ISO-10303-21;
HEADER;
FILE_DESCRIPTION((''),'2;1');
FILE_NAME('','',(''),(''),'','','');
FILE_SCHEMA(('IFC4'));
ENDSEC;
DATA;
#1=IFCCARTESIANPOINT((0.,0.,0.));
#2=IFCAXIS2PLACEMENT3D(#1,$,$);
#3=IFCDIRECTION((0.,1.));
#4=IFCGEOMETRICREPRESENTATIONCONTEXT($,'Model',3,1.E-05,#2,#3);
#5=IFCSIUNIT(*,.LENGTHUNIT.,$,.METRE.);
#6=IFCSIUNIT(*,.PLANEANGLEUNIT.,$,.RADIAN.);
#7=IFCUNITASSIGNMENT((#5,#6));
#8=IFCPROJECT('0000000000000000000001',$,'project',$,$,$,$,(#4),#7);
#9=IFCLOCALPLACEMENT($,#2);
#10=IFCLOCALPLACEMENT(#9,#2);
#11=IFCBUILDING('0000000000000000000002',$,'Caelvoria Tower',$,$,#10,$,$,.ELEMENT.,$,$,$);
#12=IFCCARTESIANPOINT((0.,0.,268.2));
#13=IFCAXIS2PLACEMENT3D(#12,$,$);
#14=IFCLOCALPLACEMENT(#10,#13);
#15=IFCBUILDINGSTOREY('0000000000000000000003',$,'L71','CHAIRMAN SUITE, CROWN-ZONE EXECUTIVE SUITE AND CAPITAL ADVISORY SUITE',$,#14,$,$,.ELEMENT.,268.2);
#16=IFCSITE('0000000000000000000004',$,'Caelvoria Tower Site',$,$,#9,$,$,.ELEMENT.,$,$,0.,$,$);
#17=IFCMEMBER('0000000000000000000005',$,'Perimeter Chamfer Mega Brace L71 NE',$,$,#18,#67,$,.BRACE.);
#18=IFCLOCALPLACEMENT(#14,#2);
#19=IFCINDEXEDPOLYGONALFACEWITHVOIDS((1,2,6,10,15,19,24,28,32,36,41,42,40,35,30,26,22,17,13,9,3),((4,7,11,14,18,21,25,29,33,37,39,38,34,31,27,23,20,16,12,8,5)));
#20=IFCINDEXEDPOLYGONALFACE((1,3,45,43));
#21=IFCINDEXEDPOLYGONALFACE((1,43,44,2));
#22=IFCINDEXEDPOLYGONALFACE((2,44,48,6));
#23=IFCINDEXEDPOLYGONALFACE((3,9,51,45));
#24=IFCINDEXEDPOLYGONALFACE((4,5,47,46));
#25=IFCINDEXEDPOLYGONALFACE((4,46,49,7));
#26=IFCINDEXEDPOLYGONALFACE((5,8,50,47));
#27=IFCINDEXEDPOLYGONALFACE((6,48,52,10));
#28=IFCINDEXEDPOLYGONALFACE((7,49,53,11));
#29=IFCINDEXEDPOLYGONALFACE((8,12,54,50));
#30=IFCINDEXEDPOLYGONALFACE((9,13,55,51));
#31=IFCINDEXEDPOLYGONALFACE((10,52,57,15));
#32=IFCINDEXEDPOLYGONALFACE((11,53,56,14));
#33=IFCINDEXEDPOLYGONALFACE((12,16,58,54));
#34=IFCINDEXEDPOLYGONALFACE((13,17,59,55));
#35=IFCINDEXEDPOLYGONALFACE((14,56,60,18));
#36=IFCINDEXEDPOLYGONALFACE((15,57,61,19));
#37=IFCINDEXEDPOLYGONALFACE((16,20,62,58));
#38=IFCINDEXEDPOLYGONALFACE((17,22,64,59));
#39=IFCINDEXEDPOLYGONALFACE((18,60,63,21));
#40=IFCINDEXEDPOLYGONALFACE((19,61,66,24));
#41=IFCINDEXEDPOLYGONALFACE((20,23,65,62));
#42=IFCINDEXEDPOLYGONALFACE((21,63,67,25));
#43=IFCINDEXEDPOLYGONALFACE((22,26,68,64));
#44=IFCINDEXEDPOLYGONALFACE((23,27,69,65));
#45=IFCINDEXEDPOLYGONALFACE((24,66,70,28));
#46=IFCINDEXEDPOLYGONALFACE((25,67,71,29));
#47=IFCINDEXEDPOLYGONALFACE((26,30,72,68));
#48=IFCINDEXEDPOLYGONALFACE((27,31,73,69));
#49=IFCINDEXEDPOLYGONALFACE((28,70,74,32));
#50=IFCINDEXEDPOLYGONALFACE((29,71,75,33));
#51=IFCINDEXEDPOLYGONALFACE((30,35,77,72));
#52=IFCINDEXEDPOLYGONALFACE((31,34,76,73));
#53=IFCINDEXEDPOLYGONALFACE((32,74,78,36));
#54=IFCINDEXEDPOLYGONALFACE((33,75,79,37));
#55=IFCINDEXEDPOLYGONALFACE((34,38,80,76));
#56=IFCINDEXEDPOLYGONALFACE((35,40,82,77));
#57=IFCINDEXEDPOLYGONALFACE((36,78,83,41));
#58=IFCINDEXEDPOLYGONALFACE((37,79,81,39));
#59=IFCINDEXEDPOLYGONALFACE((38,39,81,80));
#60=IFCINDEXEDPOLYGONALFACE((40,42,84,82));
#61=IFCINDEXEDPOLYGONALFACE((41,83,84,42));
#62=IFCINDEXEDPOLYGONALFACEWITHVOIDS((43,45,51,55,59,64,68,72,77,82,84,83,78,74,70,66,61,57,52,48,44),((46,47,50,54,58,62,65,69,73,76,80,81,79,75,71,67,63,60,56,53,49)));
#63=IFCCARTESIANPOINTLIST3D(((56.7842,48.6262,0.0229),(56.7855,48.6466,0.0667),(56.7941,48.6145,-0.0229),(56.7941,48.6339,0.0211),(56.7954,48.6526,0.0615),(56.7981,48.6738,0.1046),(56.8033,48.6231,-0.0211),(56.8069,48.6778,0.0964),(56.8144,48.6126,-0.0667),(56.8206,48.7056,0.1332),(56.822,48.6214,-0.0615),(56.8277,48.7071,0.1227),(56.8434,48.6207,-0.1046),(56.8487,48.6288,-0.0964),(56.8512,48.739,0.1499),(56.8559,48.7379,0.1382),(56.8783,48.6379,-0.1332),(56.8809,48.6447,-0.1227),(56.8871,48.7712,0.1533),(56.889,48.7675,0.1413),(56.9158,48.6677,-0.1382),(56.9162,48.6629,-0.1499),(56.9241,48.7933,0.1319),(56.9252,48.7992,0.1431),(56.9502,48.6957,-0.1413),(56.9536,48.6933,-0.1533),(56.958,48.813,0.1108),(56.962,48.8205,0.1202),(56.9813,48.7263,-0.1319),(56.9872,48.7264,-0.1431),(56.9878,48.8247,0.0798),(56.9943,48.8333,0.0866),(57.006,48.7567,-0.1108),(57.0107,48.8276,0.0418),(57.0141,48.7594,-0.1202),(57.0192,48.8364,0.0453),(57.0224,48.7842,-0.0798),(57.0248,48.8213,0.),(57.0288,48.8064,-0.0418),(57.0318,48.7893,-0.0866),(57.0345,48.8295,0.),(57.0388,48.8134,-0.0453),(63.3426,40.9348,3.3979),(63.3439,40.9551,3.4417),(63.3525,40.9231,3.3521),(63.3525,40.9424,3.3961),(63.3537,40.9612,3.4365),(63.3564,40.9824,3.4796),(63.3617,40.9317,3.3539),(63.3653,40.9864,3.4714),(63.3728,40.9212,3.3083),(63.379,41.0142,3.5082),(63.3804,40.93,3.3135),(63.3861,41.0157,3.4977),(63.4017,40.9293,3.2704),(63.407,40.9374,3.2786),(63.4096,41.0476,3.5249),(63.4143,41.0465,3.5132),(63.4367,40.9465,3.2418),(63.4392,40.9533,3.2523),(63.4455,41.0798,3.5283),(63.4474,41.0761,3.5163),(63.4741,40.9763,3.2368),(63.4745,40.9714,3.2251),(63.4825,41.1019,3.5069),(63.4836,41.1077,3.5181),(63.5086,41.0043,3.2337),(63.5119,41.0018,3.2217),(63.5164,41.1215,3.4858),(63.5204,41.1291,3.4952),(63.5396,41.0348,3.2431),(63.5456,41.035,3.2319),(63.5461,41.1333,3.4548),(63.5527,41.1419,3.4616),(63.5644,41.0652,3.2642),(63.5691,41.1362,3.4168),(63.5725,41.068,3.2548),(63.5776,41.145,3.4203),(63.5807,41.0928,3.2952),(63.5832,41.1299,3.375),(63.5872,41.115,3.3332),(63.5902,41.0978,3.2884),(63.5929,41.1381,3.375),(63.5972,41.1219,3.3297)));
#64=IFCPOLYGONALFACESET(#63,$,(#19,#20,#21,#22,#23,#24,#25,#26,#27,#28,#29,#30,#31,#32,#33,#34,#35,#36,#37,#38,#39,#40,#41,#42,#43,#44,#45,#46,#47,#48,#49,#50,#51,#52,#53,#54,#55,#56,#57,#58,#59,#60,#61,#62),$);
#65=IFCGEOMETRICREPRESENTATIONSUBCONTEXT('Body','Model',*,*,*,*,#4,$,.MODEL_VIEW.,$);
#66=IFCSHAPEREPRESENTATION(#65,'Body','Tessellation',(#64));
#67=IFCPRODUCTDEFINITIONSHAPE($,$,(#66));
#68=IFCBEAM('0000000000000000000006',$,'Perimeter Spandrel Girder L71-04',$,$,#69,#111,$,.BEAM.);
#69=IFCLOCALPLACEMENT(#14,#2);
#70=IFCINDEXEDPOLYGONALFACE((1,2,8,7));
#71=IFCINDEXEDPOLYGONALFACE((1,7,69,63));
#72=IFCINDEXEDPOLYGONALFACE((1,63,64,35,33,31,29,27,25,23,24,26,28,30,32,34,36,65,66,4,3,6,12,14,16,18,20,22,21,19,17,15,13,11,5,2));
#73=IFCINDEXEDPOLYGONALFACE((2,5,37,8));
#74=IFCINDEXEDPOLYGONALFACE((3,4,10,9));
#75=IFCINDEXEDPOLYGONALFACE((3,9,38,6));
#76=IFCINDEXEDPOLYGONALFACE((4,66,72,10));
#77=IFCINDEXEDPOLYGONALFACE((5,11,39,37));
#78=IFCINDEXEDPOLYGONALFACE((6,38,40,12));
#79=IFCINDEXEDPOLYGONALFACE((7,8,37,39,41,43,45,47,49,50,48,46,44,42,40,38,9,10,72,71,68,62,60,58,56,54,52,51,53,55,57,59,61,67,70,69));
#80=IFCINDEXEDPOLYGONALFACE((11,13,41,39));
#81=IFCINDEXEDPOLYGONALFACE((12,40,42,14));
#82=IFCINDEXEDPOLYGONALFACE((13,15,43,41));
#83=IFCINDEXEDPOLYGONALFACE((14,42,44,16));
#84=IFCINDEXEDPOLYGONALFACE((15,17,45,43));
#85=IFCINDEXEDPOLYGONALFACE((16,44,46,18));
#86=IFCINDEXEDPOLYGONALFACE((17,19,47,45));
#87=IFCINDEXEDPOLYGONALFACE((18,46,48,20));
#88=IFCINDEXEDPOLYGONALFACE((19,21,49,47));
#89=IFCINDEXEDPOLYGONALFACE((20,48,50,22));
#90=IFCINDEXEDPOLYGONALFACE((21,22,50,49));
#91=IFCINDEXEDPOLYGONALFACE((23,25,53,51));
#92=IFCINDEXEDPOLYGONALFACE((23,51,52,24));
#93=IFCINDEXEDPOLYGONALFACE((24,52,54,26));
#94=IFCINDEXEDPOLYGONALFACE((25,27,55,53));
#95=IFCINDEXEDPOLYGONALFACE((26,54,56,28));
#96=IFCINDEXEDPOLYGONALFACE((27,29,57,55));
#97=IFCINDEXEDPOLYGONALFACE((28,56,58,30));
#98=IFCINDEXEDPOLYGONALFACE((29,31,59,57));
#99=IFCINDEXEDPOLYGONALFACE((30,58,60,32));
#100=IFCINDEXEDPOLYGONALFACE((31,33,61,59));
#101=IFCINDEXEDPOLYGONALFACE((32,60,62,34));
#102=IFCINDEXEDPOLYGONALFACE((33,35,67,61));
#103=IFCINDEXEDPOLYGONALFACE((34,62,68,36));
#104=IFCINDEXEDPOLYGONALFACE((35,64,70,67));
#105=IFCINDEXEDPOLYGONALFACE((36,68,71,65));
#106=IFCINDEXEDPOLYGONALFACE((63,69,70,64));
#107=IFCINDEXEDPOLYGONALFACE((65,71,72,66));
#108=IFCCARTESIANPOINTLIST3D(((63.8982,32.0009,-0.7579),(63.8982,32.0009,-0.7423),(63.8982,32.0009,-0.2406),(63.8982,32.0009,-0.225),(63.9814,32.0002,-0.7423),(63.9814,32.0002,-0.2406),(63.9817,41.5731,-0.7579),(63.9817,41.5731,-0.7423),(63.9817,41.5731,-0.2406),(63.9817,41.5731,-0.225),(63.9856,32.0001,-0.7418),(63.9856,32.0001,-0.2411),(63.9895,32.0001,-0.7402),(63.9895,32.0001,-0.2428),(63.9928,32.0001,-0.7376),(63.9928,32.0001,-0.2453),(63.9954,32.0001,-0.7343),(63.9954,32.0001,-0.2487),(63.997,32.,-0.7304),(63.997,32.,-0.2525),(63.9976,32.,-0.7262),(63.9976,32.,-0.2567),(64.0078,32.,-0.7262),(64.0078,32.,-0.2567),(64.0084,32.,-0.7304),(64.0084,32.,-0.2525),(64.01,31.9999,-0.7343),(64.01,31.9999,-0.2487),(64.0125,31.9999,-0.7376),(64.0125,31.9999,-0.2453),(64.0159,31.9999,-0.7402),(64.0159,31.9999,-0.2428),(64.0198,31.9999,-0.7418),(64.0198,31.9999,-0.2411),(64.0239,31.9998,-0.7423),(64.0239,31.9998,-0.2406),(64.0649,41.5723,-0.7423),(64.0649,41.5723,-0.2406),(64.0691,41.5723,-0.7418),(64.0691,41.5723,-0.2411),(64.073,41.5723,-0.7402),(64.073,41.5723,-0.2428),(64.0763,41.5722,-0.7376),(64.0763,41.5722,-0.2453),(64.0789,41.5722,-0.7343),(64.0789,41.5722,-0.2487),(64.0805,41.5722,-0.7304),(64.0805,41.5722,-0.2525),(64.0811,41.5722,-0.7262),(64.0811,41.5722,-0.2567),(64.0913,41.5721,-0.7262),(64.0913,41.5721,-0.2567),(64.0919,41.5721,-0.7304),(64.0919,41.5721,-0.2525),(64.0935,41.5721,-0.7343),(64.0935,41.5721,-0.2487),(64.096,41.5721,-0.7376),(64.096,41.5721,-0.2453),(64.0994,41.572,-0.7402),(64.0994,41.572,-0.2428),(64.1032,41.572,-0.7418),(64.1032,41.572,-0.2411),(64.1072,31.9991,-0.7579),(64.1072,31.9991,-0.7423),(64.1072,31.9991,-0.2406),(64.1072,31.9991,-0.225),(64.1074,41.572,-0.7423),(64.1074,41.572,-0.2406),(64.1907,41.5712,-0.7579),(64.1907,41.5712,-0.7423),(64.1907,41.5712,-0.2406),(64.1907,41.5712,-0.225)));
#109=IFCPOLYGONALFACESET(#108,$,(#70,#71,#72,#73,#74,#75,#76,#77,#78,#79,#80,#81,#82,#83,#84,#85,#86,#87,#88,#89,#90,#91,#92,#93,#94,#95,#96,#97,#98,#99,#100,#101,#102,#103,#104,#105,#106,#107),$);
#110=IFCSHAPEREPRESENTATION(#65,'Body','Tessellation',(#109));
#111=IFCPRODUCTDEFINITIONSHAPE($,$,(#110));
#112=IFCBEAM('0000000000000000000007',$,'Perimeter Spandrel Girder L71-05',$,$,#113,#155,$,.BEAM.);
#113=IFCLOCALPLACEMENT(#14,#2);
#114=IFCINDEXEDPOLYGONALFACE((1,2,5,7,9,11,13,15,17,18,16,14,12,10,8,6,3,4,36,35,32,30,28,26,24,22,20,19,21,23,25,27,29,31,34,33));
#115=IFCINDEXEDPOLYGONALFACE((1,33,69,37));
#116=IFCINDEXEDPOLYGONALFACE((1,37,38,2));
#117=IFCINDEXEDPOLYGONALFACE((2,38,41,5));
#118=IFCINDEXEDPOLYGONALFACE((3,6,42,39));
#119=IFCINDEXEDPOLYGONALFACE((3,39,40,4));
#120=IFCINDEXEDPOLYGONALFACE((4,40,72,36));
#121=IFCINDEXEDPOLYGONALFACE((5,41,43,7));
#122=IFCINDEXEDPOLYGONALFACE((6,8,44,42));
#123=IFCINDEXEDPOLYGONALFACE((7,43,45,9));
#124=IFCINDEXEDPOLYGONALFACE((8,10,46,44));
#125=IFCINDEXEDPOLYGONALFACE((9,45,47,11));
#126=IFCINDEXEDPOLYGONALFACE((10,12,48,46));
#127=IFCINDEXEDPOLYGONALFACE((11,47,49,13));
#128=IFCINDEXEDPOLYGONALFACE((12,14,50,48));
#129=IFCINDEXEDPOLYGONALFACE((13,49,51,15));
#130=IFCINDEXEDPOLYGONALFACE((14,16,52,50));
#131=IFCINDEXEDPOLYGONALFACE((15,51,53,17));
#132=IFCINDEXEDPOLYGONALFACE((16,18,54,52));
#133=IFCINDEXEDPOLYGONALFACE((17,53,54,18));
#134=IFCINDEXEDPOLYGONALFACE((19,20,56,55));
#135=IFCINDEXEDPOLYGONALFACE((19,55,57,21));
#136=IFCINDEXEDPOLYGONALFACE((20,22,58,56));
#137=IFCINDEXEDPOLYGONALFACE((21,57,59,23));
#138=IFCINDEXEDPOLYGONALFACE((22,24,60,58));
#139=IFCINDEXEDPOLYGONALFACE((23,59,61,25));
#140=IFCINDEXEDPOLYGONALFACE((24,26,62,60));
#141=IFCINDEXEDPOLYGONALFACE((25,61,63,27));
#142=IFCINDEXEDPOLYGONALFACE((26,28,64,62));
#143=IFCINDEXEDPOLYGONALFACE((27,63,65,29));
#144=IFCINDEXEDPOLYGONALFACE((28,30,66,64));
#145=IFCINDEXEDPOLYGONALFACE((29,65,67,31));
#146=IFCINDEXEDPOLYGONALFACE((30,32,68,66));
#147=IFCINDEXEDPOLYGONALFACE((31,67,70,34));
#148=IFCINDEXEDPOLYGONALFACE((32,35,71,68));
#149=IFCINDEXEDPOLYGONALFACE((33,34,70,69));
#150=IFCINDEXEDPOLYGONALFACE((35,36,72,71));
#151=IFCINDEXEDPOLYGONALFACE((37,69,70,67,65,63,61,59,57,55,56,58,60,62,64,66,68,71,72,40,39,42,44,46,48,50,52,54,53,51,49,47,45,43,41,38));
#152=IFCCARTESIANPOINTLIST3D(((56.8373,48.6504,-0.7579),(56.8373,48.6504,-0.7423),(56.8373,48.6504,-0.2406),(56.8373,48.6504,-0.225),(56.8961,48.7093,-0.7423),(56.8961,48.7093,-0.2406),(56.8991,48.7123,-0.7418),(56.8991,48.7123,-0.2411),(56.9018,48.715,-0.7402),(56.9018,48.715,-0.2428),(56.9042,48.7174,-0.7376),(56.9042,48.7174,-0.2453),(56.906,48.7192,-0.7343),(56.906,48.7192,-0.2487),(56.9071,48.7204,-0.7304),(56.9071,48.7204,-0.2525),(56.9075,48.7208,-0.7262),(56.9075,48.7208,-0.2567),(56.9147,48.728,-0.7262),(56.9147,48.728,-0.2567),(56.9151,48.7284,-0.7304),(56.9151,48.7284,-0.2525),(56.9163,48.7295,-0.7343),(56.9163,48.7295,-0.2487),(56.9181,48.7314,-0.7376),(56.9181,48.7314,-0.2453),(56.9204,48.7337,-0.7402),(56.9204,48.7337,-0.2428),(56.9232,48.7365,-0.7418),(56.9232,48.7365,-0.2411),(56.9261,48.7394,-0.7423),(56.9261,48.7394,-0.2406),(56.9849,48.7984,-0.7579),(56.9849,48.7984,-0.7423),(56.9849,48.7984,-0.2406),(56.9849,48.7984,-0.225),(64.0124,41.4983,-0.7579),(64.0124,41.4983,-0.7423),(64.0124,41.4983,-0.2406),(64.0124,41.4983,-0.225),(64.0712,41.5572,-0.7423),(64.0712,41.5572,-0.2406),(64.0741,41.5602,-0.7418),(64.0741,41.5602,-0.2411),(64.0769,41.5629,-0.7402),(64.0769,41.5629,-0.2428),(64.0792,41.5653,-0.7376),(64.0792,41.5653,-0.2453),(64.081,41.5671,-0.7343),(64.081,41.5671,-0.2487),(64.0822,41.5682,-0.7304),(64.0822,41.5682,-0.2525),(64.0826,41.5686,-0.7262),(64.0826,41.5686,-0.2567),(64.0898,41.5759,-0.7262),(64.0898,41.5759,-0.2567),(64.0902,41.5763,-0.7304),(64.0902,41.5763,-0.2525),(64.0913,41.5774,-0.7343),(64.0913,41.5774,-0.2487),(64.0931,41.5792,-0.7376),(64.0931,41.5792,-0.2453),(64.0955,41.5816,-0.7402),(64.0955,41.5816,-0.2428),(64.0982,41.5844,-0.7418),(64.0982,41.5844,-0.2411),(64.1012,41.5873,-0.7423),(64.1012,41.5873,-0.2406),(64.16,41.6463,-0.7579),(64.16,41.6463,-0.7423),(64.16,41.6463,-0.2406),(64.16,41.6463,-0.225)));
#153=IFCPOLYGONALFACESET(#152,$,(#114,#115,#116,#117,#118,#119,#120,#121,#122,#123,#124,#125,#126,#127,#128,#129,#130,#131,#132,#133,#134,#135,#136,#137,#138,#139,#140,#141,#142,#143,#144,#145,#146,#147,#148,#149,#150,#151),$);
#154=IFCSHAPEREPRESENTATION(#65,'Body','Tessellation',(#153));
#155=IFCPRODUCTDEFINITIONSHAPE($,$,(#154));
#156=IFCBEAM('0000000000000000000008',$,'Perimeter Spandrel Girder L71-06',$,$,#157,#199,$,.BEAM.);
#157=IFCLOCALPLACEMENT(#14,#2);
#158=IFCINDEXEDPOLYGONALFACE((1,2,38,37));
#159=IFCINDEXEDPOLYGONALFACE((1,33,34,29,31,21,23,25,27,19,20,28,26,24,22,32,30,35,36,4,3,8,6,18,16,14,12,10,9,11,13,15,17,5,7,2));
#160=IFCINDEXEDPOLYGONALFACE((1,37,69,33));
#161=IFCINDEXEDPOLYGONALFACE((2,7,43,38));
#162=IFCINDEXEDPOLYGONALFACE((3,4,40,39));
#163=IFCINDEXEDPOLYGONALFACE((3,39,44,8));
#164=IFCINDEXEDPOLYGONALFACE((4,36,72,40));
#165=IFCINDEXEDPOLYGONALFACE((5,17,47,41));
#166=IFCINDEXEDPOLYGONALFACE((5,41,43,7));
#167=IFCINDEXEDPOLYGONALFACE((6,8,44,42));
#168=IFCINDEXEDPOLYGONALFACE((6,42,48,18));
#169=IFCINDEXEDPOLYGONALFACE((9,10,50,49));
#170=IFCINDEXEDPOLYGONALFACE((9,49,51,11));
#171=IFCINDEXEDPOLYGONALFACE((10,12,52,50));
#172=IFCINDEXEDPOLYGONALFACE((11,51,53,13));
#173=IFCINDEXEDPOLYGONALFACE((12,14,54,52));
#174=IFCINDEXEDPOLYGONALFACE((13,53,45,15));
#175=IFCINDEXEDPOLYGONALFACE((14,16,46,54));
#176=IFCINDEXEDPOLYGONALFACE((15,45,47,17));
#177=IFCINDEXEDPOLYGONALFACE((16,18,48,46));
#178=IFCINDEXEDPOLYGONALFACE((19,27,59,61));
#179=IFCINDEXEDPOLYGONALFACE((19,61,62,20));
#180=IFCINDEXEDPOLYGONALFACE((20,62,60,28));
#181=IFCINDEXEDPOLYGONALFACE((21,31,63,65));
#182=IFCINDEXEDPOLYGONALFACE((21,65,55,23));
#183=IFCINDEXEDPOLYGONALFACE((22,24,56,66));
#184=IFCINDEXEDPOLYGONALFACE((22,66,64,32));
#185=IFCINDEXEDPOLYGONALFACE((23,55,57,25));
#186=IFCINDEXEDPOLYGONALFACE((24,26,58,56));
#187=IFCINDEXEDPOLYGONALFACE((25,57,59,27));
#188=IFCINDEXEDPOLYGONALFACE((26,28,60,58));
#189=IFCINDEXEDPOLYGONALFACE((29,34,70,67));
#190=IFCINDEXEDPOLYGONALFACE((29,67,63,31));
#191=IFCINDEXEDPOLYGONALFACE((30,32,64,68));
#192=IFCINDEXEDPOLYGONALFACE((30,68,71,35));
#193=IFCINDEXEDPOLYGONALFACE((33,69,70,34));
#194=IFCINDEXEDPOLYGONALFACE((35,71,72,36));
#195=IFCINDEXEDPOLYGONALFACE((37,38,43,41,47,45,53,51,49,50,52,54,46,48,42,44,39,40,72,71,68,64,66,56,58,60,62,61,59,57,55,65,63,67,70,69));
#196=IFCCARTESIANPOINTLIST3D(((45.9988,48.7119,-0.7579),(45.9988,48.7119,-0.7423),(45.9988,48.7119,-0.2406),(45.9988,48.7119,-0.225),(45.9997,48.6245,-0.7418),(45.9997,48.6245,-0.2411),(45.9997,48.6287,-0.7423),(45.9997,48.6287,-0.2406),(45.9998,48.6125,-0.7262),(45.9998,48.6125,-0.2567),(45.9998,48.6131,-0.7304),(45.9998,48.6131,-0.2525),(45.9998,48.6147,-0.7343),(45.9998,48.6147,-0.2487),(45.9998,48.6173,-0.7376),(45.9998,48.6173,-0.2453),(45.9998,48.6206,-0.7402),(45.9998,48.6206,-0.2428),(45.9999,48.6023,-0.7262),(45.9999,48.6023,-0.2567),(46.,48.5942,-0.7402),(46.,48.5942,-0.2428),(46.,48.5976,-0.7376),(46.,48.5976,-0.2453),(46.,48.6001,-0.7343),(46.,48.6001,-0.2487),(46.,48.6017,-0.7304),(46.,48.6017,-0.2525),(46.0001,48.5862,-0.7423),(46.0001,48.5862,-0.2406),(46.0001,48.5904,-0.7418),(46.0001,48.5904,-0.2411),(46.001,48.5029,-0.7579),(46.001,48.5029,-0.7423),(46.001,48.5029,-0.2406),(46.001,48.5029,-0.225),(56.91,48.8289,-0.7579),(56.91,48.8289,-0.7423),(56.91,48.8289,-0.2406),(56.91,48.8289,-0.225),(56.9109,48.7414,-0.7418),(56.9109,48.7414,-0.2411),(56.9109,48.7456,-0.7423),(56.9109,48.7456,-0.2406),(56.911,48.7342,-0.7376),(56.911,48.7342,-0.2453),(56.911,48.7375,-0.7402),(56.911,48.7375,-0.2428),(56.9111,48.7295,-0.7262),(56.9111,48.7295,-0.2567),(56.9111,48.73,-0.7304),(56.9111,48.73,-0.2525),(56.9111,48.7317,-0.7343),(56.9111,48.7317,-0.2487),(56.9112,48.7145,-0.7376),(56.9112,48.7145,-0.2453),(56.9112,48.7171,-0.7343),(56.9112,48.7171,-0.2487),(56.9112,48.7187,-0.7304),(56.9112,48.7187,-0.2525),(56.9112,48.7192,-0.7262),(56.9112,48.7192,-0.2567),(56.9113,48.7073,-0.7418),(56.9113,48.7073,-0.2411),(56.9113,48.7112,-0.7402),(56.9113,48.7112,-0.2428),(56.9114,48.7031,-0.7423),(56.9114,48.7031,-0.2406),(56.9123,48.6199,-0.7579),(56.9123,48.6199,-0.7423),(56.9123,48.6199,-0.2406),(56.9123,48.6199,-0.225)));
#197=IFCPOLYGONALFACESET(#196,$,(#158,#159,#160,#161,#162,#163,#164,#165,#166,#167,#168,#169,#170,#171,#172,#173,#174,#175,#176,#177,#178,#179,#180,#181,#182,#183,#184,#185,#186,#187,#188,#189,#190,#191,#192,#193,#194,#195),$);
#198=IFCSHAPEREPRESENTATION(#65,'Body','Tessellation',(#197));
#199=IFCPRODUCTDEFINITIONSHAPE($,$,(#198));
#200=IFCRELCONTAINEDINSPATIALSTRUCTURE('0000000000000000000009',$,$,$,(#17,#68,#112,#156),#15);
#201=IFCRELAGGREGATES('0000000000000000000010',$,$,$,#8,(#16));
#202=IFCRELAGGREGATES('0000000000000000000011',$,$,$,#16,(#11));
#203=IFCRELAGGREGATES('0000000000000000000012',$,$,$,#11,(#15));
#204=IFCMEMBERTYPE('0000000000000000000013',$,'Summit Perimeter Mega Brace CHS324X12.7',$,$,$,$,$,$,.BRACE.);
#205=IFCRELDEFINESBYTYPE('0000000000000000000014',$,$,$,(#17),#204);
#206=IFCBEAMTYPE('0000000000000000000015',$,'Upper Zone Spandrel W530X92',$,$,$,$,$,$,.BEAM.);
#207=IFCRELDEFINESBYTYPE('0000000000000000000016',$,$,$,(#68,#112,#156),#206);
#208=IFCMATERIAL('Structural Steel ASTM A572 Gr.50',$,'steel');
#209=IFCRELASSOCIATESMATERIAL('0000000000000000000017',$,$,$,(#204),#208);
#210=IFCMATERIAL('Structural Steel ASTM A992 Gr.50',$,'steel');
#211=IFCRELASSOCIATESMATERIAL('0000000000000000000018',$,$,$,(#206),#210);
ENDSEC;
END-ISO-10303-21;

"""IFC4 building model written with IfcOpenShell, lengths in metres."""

from ifc_helpers import new_model, si_unit, direction, frame, origin, origin_2d, place, context, subcontext, project, spatial, hollow_circle, i_section, extrude, material, material_profile, profile_set, type_object, element, save


model = new_model("IFC4")

# Units and contexts
model_context = context("Model", 3, precision=1e-05, world=origin(), true_north=direction((0.0, 1.0)))
body_context = subcontext(model_context, "Body", "Model", "MODEL_VIEW")
ifc_project = project(units=[si_unit("LENGTHUNIT", "METRE"), si_unit("PLANEANGLEUNIT", "RADIAN")], contexts=[model_context])

# Site, building, storey
site_placement = place(None, origin())
site = spatial("IfcSite", under=ifc_project, at=site_placement, Name="Caelvoria Tower Site", CompositionType="ELEMENT", RefElevation=0.0)
building_placement = place(site_placement, origin())
building = spatial("IfcBuilding", under=site, at=building_placement, Name="Caelvoria Tower", CompositionType="ELEMENT")
storey_placement = place(building_placement, frame((0.0, 0.0, 268.2)))
storey = spatial("IfcBuildingStorey", under=building, at=storey_placement, Name="L71", Description="CHAIRMAN SUITE, CROWN-ZONE EXECUTIVE SUITE AND CAPITAL ADVISORY SUITE", CompositionType="ELEMENT", Elevation=268.2)

# Shared definitions
ifc_material_1 = material(Name="Structural Steel ASTM A572 Gr.50", Category="steel")

# Shared definitions
ifc_material_2 = material(Name="Structural Steel ASTM A992 Gr.50", Category="steel")

# Member
ifc_material_profile_1 = material_profile(ifc_material_1, hollow_circle(Radius=0.1621, WallThickness=0.0127, at=origin_2d()), Name="Structural Steel ASTM A572 Gr.50")
ifc_profile_set_1 = profile_set([ifc_material_profile_1], Name="CHS324X12.7 - Structural Steel ASTM A572 Gr.50")
member_type = type_object("IfcMemberType", Name="Summit Perimeter Mega Brace CHS324X12.7", PredefinedType="BRACE", material=ifc_profile_set_1)
member_placement = place(storey_placement, frame((56.9111, 48.7244, 0.0), z_axis=(0.615434, -0.721759, 0.316709), x_axis=(0.76093, 0.648834, 0.0)))
element("IfcMember", 1, at=member_placement, inside=storey, type_object=member_type, Name="Perimeter Chamfer Mega Brace L71 NE", PredefinedType="BRACE", context=body_context, shape_type="SweptSolid", body=[
    extrude(hollow_circle(Radius=0.1621, WallThickness=0.0127, at=origin_2d()), origin(), (0.0, 0.0, 1.0), 10.6565),
])

# Beams
ifc_material_profile_2 = material_profile(ifc_material_2, i_section(OverallWidth=0.209, OverallDepth=0.533, WebThickness=0.0103, FlangeThickness=0.0156, FilletRadius=0.0161, at=origin_2d()), Name="Structural Steel ASTM A992 Gr.50")
ifc_profile_set_2 = profile_set([ifc_material_profile_2], Name="W530X92 - Structural Steel ASTM A992 Gr.50")
beam_type_1 = type_object("IfcBeamType", Name="Upper Zone Spandrel W530X92", PredefinedType="BEAM", material=ifc_profile_set_2)
beam_1_placement = place(storey_placement, frame((64.0027, 32.0, -0.4915), z_axis=(0.008722, 0.999962, 0.0), x_axis=(-0.999962, 0.008722, 0.0)))
element("IfcBeam", 2, at=beam_1_placement, inside=storey, type_object=beam_type_1, Name="Perimeter Spandrel Girder L71-04", PredefinedType="BEAM", context=body_context, shape_type="SweptSolid", body=[
    extrude(i_section(OverallWidth=0.209, OverallDepth=0.533, WebThickness=0.0103, FlangeThickness=0.0156, FilletRadius=0.0161, at=origin_2d()), origin(), (0.0, 0.0, 1.0), 9.5725),
])
beam_2_placement = place(storey_placement, frame((64.0862, 41.5723, -0.4915), z_axis=(-0.708239, 0.705973, 0.0), x_axis=(-0.705973, -0.708239, 0.0)))
element("IfcBeam", 3, at=beam_2_placement, inside=storey, type_object=beam_type_1, Name="Perimeter Spandrel Girder L71-05", PredefinedType="BEAM", context=body_context, shape_type="SweptSolid", body=[
    extrude(i_section(OverallWidth=0.209, OverallDepth=0.533, WebThickness=0.0103, FlangeThickness=0.0156, FilletRadius=0.0161, at=origin_2d()), origin(), (0.0, 0.0, 1.0), 10.1309),
])
beam_3_placement = place(storey_placement, frame((56.9111, 48.7244, -0.4915), z_axis=(-0.999943, -0.010717, 0.0), x_axis=(0.010717, -0.999943, 0.0)))
element("IfcBeam", 4, at=beam_3_placement, inside=storey, type_object=beam_type_1, Name="Perimeter Spandrel Girder L71-06", PredefinedType="BEAM", context=body_context, shape_type="SweptSolid", body=[
    extrude(i_section(OverallWidth=0.209, OverallDepth=0.533, WebThickness=0.0103, FlangeThickness=0.0156, FilletRadius=0.0161, at=origin_2d()), origin(), (0.0, 0.0, 1.0), 10.9119),
])

save(model, "model.ifc")
